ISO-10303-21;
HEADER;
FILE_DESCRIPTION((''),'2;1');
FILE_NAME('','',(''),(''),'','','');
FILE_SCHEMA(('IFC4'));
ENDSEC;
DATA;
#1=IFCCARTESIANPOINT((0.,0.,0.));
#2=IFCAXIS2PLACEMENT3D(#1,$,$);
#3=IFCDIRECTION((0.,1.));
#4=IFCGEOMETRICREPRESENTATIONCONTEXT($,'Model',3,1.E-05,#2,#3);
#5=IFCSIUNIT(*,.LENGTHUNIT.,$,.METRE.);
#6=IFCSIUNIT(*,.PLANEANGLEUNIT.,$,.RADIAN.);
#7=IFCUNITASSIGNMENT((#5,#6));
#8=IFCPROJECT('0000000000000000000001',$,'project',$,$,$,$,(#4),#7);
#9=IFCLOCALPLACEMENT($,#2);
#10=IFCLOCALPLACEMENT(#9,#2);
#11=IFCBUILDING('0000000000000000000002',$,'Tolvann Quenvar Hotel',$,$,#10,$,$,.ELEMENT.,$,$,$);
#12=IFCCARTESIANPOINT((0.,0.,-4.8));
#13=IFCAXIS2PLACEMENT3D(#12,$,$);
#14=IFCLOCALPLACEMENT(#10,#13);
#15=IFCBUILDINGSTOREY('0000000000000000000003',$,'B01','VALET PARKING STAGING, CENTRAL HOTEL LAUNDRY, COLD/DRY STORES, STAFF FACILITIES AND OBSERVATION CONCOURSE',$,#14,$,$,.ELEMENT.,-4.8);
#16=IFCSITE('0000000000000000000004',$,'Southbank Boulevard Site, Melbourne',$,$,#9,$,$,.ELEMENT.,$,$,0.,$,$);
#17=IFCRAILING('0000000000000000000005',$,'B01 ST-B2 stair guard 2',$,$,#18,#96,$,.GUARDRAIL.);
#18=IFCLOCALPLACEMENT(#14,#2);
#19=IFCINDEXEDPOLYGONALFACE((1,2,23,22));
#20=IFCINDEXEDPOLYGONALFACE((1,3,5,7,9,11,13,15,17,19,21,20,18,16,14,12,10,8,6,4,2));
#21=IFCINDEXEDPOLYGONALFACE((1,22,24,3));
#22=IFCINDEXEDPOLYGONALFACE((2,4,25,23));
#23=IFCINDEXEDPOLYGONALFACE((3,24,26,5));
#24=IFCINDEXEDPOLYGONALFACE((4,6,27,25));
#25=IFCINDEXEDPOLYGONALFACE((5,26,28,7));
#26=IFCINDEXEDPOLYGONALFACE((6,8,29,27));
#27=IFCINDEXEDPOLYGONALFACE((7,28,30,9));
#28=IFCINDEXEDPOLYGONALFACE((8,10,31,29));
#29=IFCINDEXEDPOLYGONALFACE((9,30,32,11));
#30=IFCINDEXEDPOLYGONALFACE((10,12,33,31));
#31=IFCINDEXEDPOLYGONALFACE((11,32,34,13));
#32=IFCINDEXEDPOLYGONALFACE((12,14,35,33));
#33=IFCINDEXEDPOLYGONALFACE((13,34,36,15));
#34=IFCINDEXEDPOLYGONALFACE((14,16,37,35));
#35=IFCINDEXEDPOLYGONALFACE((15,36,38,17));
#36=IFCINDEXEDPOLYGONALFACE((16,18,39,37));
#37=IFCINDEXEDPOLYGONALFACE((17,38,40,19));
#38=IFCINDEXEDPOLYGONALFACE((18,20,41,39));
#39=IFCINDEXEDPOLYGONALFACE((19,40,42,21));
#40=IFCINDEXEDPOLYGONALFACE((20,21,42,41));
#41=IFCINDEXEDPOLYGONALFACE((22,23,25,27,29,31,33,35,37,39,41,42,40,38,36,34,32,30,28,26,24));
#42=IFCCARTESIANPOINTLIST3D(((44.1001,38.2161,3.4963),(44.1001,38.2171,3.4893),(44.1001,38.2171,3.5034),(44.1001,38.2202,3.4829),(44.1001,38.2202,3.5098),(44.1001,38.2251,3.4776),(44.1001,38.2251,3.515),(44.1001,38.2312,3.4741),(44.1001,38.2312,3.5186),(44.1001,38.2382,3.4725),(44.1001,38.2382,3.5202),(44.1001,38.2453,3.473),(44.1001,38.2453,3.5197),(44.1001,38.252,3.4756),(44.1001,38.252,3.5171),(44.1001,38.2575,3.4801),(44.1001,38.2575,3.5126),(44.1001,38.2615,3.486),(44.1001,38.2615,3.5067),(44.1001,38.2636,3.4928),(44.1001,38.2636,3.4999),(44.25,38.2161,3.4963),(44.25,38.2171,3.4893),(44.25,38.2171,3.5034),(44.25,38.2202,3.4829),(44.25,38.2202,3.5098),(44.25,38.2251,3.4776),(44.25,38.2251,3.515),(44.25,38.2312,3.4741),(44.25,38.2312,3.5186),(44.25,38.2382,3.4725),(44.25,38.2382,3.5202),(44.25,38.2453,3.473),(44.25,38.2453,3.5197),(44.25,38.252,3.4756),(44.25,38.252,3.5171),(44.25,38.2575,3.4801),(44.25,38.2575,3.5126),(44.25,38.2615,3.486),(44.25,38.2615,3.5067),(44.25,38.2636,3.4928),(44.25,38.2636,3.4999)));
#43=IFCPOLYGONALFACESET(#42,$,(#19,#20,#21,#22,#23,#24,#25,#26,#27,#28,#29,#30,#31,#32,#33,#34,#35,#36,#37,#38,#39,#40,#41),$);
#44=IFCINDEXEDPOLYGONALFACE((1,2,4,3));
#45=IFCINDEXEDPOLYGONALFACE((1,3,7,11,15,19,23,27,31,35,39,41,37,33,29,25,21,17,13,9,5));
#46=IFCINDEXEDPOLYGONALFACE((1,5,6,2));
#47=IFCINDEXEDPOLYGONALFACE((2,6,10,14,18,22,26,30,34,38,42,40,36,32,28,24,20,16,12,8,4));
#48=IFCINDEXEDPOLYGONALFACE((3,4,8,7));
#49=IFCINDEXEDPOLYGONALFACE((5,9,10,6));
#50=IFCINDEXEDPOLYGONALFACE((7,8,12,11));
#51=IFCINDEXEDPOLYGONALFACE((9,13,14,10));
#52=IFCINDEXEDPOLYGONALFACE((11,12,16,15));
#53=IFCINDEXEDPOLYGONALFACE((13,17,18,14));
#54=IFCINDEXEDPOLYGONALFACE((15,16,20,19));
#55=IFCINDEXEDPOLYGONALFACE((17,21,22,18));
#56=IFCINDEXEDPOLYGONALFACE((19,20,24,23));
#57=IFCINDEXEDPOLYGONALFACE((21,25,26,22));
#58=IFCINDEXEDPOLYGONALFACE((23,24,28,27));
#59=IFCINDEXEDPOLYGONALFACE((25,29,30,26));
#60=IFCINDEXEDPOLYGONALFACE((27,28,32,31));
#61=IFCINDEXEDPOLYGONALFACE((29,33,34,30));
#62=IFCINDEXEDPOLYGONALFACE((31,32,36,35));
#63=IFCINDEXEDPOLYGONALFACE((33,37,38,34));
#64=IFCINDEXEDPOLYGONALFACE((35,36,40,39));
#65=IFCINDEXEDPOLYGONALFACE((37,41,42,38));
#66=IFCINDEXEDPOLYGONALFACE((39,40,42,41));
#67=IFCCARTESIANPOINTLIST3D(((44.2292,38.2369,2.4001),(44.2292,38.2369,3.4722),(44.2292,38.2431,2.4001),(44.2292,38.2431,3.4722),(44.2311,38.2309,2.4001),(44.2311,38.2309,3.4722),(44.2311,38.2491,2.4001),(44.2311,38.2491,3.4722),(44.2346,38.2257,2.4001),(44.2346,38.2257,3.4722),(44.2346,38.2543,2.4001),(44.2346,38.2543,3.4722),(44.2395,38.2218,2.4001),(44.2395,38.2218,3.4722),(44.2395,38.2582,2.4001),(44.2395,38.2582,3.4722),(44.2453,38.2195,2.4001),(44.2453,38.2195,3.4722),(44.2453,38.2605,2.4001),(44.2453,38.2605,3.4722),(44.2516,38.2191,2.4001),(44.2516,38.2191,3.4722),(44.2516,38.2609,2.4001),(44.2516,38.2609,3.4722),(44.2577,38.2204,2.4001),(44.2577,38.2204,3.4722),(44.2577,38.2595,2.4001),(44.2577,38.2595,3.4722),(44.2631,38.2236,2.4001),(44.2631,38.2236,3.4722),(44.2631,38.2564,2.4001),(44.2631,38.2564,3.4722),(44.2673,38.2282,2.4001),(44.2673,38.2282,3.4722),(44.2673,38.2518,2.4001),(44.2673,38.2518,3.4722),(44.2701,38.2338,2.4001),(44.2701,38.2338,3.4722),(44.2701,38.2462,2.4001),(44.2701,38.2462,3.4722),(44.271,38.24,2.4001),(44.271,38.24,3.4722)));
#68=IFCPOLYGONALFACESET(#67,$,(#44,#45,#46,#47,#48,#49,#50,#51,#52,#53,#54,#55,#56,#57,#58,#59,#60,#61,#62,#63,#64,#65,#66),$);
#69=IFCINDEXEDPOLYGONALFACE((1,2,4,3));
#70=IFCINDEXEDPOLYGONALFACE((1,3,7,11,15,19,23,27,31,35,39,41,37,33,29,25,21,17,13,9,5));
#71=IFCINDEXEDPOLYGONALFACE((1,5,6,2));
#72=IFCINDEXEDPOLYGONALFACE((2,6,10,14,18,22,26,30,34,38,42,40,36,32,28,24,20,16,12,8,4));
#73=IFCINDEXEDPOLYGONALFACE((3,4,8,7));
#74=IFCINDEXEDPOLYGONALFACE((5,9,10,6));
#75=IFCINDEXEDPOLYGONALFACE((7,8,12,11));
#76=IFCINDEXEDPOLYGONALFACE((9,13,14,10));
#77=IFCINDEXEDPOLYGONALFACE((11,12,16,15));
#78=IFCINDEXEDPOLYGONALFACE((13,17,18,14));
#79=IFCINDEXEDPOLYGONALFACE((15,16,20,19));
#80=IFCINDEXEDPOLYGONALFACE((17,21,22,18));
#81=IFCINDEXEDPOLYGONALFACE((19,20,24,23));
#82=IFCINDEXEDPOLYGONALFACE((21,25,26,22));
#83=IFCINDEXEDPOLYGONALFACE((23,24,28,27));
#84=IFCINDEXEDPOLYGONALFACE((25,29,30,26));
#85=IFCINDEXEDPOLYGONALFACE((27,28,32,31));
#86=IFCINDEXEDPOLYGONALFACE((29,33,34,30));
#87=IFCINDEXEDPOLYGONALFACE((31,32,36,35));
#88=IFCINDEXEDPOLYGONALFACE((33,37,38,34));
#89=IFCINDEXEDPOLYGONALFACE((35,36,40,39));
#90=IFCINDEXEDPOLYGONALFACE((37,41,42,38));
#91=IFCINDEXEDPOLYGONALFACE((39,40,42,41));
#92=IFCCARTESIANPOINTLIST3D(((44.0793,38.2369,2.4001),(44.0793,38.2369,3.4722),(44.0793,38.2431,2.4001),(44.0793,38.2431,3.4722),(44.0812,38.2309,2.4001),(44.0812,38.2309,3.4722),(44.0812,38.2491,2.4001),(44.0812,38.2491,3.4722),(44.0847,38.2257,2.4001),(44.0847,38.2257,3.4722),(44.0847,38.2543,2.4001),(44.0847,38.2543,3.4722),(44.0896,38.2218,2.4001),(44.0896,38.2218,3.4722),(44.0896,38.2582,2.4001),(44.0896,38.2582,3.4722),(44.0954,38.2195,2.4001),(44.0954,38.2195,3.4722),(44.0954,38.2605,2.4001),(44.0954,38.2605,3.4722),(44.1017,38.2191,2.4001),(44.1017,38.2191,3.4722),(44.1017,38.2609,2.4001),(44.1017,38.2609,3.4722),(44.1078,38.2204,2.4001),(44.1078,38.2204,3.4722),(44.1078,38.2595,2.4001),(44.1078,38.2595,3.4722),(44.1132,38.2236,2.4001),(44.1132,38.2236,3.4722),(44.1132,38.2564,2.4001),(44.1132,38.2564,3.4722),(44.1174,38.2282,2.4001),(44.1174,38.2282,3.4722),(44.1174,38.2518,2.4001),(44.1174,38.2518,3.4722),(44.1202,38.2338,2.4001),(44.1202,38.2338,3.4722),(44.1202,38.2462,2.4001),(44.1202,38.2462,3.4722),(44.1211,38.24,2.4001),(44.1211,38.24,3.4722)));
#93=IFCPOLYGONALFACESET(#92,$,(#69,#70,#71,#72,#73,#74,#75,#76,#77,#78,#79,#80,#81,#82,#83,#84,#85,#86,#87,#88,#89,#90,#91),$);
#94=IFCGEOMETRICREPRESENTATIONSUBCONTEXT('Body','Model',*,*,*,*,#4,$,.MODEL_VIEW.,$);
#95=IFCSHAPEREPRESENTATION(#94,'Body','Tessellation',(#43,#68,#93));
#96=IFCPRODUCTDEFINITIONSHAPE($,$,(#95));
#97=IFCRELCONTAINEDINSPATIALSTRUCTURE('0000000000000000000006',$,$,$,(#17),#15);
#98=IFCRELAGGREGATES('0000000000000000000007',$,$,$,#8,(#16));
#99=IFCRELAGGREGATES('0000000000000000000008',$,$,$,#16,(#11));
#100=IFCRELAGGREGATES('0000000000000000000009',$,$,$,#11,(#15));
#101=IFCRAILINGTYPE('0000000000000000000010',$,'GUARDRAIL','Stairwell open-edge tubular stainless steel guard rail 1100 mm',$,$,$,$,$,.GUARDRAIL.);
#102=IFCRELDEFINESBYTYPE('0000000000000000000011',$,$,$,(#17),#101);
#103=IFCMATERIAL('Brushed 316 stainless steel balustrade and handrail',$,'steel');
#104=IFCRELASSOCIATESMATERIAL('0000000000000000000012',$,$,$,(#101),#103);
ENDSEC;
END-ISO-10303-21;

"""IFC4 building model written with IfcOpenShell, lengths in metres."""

from ifc_helpers import new_model, si_unit, direction, frame, origin, origin_2d, place, context, subcontext, project, spatial, circle, extrude, material, type_object, element, save


model = new_model("IFC4")

# Units and contexts
model_context = context("Model", 3, precision=1e-05, world=origin(), true_north=direction((0.0, 1.0)))
body_context = subcontext(model_context, "Body", "Model", "MODEL_VIEW")
ifc_project = project(units=[si_unit("LENGTHUNIT", "METRE"), si_unit("PLANEANGLEUNIT", "RADIAN")], contexts=[model_context])

# Site, building, storey
site_placement = place(None, origin())
site = spatial("IfcSite", under=ifc_project, at=site_placement, Name="Southbank Boulevard Site, Melbourne", CompositionType="ELEMENT", RefElevation=0.0)
building_placement = place(site_placement, origin())
building = spatial("IfcBuilding", under=site, at=building_placement, Name="Tolvann Quenvar Hotel", CompositionType="ELEMENT")
storey_placement = place(building_placement, frame((0.0, 0.0, -4.8)))
storey = spatial("IfcBuildingStorey", under=building, at=storey_placement, Name="B01", Description="VALET PARKING STAGING, CENTRAL HOTEL LAUNDRY, COLD/DRY STORES, STAFF FACILITIES AND OBSERVATION CONCOURSE", CompositionType="ELEMENT", Elevation=-4.8)

# Railing
ifc_material_1 = material(Name="Brushed 316 stainless steel balustrade and handrail", Category="steel")
railing_type_1 = type_object("IfcRailingType", Name="GUARDRAIL", Description="Stairwell open-edge tubular stainless steel guard rail 1100 mm", PredefinedType="GUARDRAIL", material=ifc_material_1)
railing_1_placement = place(storey_placement, frame((44.25, 38.24, 2.4001)))
element("IfcRailing", 1, at=railing_1_placement, inside=storey, type_object=railing_type_1, Name="B01 ST-B2 stair guard 2", PredefinedType="GUARDRAIL", context=body_context, shape_type="SweptSolid", body=[
    extrude(circle(Radius=0.0239, at=origin_2d()), frame((0.0, 0.0, 1.0962), z_axis=(-1.0, 0.0, 0.0), x_axis=(0.0, -1.0, 0.0)), (0.0, 0.0, 1.0), 0.1499),
    extrude(circle(Radius=0.021, at=origin_2d()), origin(), (0.0, 0.0, 1.0), 1.072),
    extrude(circle(Radius=0.021, at=origin_2d()), frame((-0.1499, 0.0, 0.0)), (0.0, 0.0, 1.0), 1.072),
])

save(model, "model.ifc")
